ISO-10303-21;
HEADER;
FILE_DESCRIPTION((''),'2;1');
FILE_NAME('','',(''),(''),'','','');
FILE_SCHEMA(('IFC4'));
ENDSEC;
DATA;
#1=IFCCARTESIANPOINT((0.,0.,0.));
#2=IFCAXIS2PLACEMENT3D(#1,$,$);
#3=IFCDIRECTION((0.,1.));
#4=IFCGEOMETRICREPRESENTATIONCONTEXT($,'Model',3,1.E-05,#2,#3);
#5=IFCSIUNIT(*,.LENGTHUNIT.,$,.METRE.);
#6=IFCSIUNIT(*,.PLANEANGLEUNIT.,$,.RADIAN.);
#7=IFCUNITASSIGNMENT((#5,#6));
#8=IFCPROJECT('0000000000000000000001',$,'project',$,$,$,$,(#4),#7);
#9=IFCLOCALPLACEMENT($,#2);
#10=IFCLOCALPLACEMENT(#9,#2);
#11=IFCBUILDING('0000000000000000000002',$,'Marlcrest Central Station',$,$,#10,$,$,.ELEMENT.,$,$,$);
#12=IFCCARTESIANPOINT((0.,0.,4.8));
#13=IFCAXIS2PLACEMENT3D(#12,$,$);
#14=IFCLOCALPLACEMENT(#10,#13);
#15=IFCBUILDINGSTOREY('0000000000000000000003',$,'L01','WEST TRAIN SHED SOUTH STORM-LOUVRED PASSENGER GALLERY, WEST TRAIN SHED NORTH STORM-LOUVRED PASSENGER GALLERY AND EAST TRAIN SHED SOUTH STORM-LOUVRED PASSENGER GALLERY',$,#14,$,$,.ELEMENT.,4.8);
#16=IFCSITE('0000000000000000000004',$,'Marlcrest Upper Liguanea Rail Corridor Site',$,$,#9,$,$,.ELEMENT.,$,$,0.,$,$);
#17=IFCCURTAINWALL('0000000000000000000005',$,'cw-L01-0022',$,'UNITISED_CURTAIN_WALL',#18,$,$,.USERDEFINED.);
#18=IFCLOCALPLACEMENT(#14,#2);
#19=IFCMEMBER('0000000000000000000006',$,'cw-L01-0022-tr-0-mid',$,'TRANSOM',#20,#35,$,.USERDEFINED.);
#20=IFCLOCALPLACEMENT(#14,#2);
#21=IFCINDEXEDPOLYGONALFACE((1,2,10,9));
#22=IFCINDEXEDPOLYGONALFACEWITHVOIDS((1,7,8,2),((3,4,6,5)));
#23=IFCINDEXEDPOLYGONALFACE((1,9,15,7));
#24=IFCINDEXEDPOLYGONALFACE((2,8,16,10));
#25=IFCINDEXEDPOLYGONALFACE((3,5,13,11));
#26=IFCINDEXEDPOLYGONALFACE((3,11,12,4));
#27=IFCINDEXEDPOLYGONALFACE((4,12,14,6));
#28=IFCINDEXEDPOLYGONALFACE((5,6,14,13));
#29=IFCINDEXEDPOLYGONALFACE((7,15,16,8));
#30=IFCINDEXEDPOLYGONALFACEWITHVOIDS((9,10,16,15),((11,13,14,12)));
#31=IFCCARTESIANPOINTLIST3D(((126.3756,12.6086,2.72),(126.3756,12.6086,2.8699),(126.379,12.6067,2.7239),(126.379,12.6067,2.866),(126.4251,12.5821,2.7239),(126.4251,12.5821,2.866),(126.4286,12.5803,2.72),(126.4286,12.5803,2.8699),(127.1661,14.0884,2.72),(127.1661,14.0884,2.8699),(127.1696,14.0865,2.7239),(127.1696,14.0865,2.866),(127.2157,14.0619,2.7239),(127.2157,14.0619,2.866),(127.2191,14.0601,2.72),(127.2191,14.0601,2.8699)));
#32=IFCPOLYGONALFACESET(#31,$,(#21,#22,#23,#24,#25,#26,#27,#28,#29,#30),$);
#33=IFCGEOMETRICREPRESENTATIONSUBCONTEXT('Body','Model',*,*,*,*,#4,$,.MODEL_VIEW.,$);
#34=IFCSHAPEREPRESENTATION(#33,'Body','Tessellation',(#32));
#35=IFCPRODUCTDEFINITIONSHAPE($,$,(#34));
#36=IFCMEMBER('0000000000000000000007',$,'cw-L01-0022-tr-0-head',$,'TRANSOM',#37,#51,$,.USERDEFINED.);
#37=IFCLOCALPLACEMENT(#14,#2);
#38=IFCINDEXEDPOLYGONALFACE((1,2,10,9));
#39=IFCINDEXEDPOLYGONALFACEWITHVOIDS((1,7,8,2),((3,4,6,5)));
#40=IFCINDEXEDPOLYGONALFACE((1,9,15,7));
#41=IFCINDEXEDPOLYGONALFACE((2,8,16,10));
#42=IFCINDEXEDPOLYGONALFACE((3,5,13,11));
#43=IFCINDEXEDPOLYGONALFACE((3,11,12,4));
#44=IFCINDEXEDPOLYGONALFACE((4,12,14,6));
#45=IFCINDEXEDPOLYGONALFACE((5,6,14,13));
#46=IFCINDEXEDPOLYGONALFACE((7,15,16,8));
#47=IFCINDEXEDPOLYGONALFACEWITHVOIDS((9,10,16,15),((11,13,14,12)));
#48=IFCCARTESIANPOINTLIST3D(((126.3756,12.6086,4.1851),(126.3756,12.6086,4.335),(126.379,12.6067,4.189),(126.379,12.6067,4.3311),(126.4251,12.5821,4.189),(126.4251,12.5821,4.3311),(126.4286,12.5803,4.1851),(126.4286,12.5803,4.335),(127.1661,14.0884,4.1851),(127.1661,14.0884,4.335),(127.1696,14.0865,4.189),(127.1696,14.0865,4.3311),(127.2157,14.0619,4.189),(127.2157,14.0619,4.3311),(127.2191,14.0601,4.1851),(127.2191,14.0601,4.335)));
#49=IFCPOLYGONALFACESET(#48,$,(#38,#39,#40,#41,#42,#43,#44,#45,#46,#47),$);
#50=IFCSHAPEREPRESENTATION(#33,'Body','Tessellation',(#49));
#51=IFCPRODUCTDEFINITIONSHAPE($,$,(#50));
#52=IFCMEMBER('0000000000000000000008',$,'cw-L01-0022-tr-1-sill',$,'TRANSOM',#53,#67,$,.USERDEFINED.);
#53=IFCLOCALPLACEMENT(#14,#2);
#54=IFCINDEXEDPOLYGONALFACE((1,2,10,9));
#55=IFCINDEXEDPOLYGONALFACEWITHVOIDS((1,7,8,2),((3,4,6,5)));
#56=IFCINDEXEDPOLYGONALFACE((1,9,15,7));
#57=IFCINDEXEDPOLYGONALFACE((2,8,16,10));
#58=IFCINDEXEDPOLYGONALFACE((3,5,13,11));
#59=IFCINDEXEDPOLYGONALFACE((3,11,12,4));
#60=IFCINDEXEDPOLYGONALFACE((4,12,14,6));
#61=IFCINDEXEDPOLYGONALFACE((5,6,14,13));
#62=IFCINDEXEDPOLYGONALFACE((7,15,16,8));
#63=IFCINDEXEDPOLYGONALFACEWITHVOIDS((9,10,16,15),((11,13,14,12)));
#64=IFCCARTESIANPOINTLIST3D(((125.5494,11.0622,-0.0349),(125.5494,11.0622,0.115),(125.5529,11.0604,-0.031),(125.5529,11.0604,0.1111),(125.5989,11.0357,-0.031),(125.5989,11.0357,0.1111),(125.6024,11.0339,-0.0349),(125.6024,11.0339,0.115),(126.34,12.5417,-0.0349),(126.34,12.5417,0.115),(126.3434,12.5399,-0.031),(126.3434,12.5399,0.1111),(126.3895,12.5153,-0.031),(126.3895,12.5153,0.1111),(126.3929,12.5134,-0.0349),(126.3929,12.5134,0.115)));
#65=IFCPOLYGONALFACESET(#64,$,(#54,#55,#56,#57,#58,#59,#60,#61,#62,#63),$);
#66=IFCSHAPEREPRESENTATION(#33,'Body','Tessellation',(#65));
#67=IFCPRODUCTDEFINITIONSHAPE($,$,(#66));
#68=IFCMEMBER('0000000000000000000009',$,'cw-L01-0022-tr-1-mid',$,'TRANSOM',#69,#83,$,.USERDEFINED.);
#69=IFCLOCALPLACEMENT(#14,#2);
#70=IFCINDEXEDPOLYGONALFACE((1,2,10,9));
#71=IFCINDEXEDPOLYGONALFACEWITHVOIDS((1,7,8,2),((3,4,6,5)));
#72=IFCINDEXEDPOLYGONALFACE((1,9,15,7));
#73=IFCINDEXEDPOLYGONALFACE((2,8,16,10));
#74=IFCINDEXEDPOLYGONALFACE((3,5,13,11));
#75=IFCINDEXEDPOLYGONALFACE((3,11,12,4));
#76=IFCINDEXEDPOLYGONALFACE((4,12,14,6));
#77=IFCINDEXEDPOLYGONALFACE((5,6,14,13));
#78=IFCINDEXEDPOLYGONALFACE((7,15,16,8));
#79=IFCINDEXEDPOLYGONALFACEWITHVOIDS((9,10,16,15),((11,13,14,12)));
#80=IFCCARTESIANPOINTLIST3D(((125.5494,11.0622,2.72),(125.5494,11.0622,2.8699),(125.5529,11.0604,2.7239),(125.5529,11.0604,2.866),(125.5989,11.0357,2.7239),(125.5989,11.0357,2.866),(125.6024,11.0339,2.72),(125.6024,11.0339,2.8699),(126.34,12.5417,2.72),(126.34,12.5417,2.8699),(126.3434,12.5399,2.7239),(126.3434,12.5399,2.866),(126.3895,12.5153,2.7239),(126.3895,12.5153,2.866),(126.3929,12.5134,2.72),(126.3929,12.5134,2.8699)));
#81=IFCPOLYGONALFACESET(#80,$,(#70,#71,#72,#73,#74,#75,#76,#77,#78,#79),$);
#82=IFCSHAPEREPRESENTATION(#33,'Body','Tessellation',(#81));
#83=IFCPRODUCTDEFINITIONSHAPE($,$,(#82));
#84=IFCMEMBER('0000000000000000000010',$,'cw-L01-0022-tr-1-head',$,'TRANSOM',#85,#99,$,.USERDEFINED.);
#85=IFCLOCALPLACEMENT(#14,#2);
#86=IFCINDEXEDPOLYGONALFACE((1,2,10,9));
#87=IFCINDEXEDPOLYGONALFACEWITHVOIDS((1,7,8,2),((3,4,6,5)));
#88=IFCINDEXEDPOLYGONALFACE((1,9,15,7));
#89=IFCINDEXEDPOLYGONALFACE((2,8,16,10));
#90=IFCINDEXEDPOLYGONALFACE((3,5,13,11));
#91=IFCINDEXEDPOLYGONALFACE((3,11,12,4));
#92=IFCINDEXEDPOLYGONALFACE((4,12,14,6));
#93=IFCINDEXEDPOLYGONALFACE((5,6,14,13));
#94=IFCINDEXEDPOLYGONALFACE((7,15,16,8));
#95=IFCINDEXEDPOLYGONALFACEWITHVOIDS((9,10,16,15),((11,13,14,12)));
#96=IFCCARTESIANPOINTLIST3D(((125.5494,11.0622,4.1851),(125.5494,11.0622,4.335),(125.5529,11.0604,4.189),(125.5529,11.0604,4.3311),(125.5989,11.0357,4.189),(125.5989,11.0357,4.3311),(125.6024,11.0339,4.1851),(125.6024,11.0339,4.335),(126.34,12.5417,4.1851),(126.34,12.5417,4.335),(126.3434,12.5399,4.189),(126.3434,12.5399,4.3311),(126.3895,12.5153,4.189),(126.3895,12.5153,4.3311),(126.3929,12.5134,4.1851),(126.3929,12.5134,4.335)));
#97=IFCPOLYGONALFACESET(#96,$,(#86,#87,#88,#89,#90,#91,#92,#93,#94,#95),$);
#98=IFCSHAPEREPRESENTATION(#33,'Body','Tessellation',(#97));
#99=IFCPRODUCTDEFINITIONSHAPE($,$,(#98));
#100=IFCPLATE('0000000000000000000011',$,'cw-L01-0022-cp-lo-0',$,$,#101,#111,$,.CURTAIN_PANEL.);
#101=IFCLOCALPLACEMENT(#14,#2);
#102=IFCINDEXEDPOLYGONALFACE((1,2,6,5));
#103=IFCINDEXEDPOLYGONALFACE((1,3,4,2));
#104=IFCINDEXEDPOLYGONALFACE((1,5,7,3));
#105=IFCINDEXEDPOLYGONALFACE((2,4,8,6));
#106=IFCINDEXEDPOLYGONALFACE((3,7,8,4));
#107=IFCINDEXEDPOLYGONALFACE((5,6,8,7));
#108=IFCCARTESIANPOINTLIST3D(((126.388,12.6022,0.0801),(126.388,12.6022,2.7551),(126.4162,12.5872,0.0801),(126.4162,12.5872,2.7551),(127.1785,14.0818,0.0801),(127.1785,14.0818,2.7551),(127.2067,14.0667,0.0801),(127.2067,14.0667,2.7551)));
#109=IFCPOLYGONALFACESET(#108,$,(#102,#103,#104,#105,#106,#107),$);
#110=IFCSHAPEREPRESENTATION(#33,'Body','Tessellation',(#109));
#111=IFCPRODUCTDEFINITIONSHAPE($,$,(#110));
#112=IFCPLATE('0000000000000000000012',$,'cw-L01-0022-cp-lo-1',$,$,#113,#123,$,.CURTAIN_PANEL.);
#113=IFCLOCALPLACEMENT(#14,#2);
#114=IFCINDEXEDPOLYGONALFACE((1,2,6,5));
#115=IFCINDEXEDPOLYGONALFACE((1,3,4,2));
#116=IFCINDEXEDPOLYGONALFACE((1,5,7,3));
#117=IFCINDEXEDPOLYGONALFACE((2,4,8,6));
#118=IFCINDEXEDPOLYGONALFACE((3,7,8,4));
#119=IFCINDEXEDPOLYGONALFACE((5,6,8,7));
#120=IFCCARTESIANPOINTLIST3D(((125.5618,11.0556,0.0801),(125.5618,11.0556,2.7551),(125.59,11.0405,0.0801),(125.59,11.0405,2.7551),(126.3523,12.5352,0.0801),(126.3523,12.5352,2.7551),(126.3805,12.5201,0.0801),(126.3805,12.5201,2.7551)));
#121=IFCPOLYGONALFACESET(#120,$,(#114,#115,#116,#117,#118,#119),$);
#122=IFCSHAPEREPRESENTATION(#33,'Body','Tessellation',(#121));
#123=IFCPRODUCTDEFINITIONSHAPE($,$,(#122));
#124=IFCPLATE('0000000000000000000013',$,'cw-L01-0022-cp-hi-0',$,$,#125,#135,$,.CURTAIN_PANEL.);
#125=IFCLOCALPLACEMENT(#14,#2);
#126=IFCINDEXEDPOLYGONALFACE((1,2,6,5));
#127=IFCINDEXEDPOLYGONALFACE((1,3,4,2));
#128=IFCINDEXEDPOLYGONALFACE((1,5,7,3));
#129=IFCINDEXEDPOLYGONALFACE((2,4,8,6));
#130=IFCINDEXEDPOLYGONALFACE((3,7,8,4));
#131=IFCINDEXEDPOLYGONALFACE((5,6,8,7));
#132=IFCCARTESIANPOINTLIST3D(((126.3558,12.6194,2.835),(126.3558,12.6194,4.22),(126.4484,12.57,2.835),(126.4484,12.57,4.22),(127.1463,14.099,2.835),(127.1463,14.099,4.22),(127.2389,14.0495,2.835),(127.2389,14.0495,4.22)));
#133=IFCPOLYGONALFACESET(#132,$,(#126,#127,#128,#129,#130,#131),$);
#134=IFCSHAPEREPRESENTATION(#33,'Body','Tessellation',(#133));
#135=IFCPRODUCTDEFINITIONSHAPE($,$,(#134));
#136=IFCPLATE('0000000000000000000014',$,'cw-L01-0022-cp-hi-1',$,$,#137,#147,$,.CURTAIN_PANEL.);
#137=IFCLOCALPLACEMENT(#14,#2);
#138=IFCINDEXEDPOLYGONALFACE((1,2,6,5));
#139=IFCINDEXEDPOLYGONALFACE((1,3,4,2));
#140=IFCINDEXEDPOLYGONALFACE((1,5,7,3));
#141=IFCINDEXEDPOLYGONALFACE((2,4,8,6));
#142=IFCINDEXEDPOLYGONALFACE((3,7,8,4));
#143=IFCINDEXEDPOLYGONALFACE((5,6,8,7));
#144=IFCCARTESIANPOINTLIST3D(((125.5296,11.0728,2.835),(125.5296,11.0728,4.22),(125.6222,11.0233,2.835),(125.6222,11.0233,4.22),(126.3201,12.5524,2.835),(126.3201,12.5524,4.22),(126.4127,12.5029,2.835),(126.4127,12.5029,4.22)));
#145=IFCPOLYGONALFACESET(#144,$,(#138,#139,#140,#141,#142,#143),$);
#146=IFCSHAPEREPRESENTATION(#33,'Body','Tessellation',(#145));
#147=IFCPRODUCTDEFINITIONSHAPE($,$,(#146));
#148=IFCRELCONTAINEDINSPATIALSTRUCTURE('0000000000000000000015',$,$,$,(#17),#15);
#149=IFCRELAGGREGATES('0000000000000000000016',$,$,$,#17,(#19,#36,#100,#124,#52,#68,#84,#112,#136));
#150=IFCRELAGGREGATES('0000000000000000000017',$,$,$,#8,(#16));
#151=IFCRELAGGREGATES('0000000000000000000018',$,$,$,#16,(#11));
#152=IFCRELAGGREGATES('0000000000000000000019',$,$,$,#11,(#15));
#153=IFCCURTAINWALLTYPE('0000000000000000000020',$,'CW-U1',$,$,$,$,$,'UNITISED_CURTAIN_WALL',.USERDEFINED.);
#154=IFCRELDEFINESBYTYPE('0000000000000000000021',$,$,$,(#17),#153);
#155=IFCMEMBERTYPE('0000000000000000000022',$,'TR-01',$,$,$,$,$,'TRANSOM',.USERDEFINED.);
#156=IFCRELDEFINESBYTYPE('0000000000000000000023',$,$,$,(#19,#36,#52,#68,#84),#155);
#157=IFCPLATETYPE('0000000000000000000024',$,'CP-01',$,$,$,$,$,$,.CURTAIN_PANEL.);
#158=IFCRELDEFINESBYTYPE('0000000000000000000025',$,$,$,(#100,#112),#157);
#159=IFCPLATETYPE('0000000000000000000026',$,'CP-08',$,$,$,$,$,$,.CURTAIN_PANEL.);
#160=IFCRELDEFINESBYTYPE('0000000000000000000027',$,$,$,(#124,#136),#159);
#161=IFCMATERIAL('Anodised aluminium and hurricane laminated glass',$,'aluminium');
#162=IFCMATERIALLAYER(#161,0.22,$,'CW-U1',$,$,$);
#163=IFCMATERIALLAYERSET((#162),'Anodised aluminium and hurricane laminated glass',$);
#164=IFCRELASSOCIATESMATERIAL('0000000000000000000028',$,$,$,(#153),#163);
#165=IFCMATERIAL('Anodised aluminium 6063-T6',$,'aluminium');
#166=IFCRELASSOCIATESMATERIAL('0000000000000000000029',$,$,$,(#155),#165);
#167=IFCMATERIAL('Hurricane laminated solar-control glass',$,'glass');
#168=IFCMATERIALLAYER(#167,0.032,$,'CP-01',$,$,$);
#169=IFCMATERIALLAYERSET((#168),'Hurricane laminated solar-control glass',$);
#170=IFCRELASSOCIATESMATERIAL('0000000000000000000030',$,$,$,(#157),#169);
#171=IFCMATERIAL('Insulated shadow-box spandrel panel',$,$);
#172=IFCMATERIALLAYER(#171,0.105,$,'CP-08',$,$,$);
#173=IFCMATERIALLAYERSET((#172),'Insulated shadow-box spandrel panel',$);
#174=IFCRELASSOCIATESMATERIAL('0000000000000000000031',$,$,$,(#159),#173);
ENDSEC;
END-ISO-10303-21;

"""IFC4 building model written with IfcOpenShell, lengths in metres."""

from ifc_helpers import new_model, si_unit, direction, frame, origin, origin_2d, place, context, subcontext, project, spatial, rectangle, hollow_rectangle, extrude, material, layer, layer_set, material_profile, profile_set, type_object, element, aggregate, save


model = new_model("IFC4")

# Units and contexts
model_context = context("Model", 3, precision=1e-05, world=origin(), true_north=direction((0.0, 1.0)))
body_context = subcontext(model_context, "Body", "Model", "MODEL_VIEW")
ifc_project = project(units=[si_unit("LENGTHUNIT", "METRE"), si_unit("PLANEANGLEUNIT", "RADIAN")], contexts=[model_context])

# Site, building, storey
site_placement = place(None, origin())
site = spatial("IfcSite", under=ifc_project, at=site_placement, Name="Marlcrest Upper Liguanea Rail Corridor Site", CompositionType="ELEMENT", RefElevation=0.0)
building_placement = place(site_placement, origin())
building = spatial("IfcBuilding", under=site, at=building_placement, Name="Marlcrest Central Station", CompositionType="ELEMENT")
storey_placement = place(building_placement, frame((0.0, 0.0, 4.8)))
storey = spatial("IfcBuildingStorey", under=building, at=storey_placement, Name="L01", Description="WEST TRAIN SHED SOUTH STORM-LOUVRED PASSENGER GALLERY, WEST TRAIN SHED NORTH STORM-LOUVRED PASSENGER GALLERY AND EAST TRAIN SHED SOUTH STORM-LOUVRED PASSENGER GALLERY", CompositionType="ELEMENT", Elevation=4.8)

# Shared definitions
ifc_material_1 = material(Name="Anodised aluminium and hurricane laminated glass", Category="aluminium")
ifc_layer_1 = layer(ifc_material_1, 0.22, Name="CW-U1")
ifc_layer_set_1 = layer_set([ifc_layer_1], Name="Anodised aluminium and hurricane laminated glass")
curtain_wall_type = type_object("IfcCurtainWallType", Name="CW-U1", ElementType="UNITISED_CURTAIN_WALL", PredefinedType="USERDEFINED", material=ifc_layer_set_1)
ifc_material_2 = material(Name="Anodised aluminium 6063-T6", Category="aluminium")

# Curtain wall
curtain_wall_1_placement = place(storey_placement, origin())
curtain_wall_1 = element("IfcCurtainWall", 1, at=curtain_wall_1_placement, inside=storey, type_object=curtain_wall_type, Name="cw-L01-0022", ObjectType="UNITISED_CURTAIN_WALL", PredefinedType="USERDEFINED")

# Members
ifc_material_profile_1 = material_profile(ifc_material_2, hollow_rectangle(XDim=0.0601, YDim=0.1499, WallThickness=0.0039, at=origin_2d()), Name="AA-RHS 150x60x4")
ifc_profile_set_1 = profile_set([ifc_material_profile_1], Name="Anodised aluminium 6063-T6")
member_type_1 = type_object("IfcMemberType", Name="TR-01", ElementType="TRANSOM", PredefinedType="USERDEFINED", material=ifc_profile_set_1)
member_1_placement = place(storey_placement, frame((127.1926, 14.0742, 2.7949), z_axis=(-0.471207, -0.882022, 0.0), x_axis=(0.882022, -0.471207, 0.0)))
member_1 = element("IfcMember", 2, at=member_1_placement, type_object=member_type_1, Name="cw-L01-0022-tr-0-mid", ObjectType="TRANSOM", PredefinedType="USERDEFINED", context=body_context, shape_type="SweptSolid", body=[
    extrude(hollow_rectangle(XDim=0.0601, YDim=0.1499, WallThickness=0.0039, at=origin_2d()), origin(), (0.0, 0.0, 1.0), 1.6777),
])
member_2_placement = place(storey_placement, frame((127.1926, 14.0742, 4.26), z_axis=(-0.471207, -0.882022, 0.0), x_axis=(0.882022, -0.471207, 0.0)))
member_2 = element("IfcMember", 3, at=member_2_placement, type_object=member_type_1, Name="cw-L01-0022-tr-0-head", ObjectType="TRANSOM", PredefinedType="USERDEFINED", context=body_context, shape_type="SweptSolid", body=[
    extrude(hollow_rectangle(XDim=0.0601, YDim=0.1499, WallThickness=0.0039, at=origin_2d()), origin(), (0.0, 0.0, 1.0), 1.6777),
])
member_3_placement = place(storey_placement, frame((126.3665, 12.5276, 0.04), z_axis=(-0.471268, -0.88199, 0.0), x_axis=(0.88199, -0.471268, 0.0)))
member_3 = element("IfcMember", 4, at=member_3_placement, type_object=member_type_1, Name="cw-L01-0022-tr-1-sill", ObjectType="TRANSOM", PredefinedType="USERDEFINED", context=body_context, shape_type="SweptSolid", body=[
    extrude(hollow_rectangle(XDim=0.0601, YDim=0.1499, WallThickness=0.0039, at=origin_2d()), origin(), (0.0, 0.0, 1.0), 1.6775),
])
member_4_placement = place(storey_placement, frame((126.3665, 12.5276, 2.7949), z_axis=(-0.471268, -0.88199, 0.0), x_axis=(0.88199, -0.471268, 0.0)))
member_4 = element("IfcMember", 5, at=member_4_placement, type_object=member_type_1, Name="cw-L01-0022-tr-1-mid", ObjectType="TRANSOM", PredefinedType="USERDEFINED", context=body_context, shape_type="SweptSolid", body=[
    extrude(hollow_rectangle(XDim=0.0601, YDim=0.1499, WallThickness=0.0039, at=origin_2d()), origin(), (0.0, 0.0, 1.0), 1.6775),
])
member_5_placement = place(storey_placement, frame((126.3665, 12.5276, 4.26), z_axis=(-0.471268, -0.88199, 0.0), x_axis=(0.88199, -0.471268, 0.0)))
member_5 = element("IfcMember", 6, at=member_5_placement, type_object=member_type_1, Name="cw-L01-0022-tr-1-head", ObjectType="TRANSOM", PredefinedType="USERDEFINED", context=body_context, shape_type="SweptSolid", body=[
    extrude(hollow_rectangle(XDim=0.0601, YDim=0.1499, WallThickness=0.0039, at=origin_2d()), origin(), (0.0, 0.0, 1.0), 1.6775),
])

# Plates
ifc_material_3 = material(Name="Hurricane laminated solar-control glass", Category="glass")
ifc_layer_2 = layer(ifc_material_3, 0.032, Name="CP-01")
ifc_layer_set_2 = layer_set([ifc_layer_2], Name="Hurricane laminated solar-control glass")
plate_type_1 = type_object("IfcPlateType", Name="CP-01", PredefinedType="CURTAIN_PANEL", material=ifc_layer_set_2)
plate_1_placement = place(storey_placement, frame((126.7974, 13.3345, 0.0801), z_axis=(0.0, 0.0, 1.0), x_axis=(-0.471243, -0.882004, 0.0)))
plate_1 = element("IfcPlate", 7, at=plate_1_placement, type_object=plate_type_1, Name="cw-L01-0022-cp-lo-0", PredefinedType="CURTAIN_PANEL", context=body_context, shape_type="SweptSolid", body=[
    extrude(rectangle(XDim=1.6775, YDim=0.032, at=origin_2d()), origin(), (0.0, 0.0, 1.0), 2.675),
])
plate_2_placement = place(storey_placement, frame((125.9712, 11.7878, 0.0801), z_axis=(0.0, 0.0, 1.0), x_axis=(-0.471243, -0.882004, 0.0)))
plate_2 = element("IfcPlate", 8, at=plate_2_placement, type_object=plate_type_1, Name="cw-L01-0022-cp-lo-1", PredefinedType="CURTAIN_PANEL", context=body_context, shape_type="SweptSolid", body=[
    extrude(rectangle(XDim=1.6775, YDim=0.032, at=origin_2d()), origin(), (0.0, 0.0, 1.0), 2.675),
])
ifc_material_4 = material(Name="Insulated shadow-box spandrel panel")
ifc_layer_3 = layer(ifc_material_4, 0.105, Name="CP-08")
ifc_layer_set_3 = layer_set([ifc_layer_3], Name="Insulated shadow-box spandrel panel")
plate_type_2 = type_object("IfcPlateType", Name="CP-08", PredefinedType="CURTAIN_PANEL", material=ifc_layer_set_3)
plate_3_placement = place(storey_placement, frame((126.7974, 13.3345, 2.835), z_axis=(0.0, 0.0, 1.0), x_axis=(-0.471243, -0.882004, 0.0)))
plate_3 = element("IfcPlate", 9, at=plate_3_placement, type_object=plate_type_2, Name="cw-L01-0022-cp-hi-0", PredefinedType="CURTAIN_PANEL", context=body_context, shape_type="SweptSolid", body=[
    extrude(rectangle(XDim=1.6775, YDim=0.105, at=origin_2d()), origin(), (0.0, 0.0, 1.0), 1.385),
])
plate_4_placement = place(storey_placement, frame((125.9712, 11.7878, 2.835), z_axis=(0.0, 0.0, 1.0), x_axis=(-0.471243, -0.882004, 0.0)))
plate_4 = element("IfcPlate", 10, at=plate_4_placement, type_object=plate_type_2, Name="cw-L01-0022-cp-hi-1", PredefinedType="CURTAIN_PANEL", context=body_context, shape_type="SweptSolid", body=[
    extrude(rectangle(XDim=1.6775, YDim=0.105, at=origin_2d()), origin(), (0.0, 0.0, 1.0), 1.385),
])
aggregate(curtain_wall_1, [member_1, member_2, plate_1, plate_3, member_3, member_4, member_5, plate_2, plate_4])

save(model, "model.ifc")
